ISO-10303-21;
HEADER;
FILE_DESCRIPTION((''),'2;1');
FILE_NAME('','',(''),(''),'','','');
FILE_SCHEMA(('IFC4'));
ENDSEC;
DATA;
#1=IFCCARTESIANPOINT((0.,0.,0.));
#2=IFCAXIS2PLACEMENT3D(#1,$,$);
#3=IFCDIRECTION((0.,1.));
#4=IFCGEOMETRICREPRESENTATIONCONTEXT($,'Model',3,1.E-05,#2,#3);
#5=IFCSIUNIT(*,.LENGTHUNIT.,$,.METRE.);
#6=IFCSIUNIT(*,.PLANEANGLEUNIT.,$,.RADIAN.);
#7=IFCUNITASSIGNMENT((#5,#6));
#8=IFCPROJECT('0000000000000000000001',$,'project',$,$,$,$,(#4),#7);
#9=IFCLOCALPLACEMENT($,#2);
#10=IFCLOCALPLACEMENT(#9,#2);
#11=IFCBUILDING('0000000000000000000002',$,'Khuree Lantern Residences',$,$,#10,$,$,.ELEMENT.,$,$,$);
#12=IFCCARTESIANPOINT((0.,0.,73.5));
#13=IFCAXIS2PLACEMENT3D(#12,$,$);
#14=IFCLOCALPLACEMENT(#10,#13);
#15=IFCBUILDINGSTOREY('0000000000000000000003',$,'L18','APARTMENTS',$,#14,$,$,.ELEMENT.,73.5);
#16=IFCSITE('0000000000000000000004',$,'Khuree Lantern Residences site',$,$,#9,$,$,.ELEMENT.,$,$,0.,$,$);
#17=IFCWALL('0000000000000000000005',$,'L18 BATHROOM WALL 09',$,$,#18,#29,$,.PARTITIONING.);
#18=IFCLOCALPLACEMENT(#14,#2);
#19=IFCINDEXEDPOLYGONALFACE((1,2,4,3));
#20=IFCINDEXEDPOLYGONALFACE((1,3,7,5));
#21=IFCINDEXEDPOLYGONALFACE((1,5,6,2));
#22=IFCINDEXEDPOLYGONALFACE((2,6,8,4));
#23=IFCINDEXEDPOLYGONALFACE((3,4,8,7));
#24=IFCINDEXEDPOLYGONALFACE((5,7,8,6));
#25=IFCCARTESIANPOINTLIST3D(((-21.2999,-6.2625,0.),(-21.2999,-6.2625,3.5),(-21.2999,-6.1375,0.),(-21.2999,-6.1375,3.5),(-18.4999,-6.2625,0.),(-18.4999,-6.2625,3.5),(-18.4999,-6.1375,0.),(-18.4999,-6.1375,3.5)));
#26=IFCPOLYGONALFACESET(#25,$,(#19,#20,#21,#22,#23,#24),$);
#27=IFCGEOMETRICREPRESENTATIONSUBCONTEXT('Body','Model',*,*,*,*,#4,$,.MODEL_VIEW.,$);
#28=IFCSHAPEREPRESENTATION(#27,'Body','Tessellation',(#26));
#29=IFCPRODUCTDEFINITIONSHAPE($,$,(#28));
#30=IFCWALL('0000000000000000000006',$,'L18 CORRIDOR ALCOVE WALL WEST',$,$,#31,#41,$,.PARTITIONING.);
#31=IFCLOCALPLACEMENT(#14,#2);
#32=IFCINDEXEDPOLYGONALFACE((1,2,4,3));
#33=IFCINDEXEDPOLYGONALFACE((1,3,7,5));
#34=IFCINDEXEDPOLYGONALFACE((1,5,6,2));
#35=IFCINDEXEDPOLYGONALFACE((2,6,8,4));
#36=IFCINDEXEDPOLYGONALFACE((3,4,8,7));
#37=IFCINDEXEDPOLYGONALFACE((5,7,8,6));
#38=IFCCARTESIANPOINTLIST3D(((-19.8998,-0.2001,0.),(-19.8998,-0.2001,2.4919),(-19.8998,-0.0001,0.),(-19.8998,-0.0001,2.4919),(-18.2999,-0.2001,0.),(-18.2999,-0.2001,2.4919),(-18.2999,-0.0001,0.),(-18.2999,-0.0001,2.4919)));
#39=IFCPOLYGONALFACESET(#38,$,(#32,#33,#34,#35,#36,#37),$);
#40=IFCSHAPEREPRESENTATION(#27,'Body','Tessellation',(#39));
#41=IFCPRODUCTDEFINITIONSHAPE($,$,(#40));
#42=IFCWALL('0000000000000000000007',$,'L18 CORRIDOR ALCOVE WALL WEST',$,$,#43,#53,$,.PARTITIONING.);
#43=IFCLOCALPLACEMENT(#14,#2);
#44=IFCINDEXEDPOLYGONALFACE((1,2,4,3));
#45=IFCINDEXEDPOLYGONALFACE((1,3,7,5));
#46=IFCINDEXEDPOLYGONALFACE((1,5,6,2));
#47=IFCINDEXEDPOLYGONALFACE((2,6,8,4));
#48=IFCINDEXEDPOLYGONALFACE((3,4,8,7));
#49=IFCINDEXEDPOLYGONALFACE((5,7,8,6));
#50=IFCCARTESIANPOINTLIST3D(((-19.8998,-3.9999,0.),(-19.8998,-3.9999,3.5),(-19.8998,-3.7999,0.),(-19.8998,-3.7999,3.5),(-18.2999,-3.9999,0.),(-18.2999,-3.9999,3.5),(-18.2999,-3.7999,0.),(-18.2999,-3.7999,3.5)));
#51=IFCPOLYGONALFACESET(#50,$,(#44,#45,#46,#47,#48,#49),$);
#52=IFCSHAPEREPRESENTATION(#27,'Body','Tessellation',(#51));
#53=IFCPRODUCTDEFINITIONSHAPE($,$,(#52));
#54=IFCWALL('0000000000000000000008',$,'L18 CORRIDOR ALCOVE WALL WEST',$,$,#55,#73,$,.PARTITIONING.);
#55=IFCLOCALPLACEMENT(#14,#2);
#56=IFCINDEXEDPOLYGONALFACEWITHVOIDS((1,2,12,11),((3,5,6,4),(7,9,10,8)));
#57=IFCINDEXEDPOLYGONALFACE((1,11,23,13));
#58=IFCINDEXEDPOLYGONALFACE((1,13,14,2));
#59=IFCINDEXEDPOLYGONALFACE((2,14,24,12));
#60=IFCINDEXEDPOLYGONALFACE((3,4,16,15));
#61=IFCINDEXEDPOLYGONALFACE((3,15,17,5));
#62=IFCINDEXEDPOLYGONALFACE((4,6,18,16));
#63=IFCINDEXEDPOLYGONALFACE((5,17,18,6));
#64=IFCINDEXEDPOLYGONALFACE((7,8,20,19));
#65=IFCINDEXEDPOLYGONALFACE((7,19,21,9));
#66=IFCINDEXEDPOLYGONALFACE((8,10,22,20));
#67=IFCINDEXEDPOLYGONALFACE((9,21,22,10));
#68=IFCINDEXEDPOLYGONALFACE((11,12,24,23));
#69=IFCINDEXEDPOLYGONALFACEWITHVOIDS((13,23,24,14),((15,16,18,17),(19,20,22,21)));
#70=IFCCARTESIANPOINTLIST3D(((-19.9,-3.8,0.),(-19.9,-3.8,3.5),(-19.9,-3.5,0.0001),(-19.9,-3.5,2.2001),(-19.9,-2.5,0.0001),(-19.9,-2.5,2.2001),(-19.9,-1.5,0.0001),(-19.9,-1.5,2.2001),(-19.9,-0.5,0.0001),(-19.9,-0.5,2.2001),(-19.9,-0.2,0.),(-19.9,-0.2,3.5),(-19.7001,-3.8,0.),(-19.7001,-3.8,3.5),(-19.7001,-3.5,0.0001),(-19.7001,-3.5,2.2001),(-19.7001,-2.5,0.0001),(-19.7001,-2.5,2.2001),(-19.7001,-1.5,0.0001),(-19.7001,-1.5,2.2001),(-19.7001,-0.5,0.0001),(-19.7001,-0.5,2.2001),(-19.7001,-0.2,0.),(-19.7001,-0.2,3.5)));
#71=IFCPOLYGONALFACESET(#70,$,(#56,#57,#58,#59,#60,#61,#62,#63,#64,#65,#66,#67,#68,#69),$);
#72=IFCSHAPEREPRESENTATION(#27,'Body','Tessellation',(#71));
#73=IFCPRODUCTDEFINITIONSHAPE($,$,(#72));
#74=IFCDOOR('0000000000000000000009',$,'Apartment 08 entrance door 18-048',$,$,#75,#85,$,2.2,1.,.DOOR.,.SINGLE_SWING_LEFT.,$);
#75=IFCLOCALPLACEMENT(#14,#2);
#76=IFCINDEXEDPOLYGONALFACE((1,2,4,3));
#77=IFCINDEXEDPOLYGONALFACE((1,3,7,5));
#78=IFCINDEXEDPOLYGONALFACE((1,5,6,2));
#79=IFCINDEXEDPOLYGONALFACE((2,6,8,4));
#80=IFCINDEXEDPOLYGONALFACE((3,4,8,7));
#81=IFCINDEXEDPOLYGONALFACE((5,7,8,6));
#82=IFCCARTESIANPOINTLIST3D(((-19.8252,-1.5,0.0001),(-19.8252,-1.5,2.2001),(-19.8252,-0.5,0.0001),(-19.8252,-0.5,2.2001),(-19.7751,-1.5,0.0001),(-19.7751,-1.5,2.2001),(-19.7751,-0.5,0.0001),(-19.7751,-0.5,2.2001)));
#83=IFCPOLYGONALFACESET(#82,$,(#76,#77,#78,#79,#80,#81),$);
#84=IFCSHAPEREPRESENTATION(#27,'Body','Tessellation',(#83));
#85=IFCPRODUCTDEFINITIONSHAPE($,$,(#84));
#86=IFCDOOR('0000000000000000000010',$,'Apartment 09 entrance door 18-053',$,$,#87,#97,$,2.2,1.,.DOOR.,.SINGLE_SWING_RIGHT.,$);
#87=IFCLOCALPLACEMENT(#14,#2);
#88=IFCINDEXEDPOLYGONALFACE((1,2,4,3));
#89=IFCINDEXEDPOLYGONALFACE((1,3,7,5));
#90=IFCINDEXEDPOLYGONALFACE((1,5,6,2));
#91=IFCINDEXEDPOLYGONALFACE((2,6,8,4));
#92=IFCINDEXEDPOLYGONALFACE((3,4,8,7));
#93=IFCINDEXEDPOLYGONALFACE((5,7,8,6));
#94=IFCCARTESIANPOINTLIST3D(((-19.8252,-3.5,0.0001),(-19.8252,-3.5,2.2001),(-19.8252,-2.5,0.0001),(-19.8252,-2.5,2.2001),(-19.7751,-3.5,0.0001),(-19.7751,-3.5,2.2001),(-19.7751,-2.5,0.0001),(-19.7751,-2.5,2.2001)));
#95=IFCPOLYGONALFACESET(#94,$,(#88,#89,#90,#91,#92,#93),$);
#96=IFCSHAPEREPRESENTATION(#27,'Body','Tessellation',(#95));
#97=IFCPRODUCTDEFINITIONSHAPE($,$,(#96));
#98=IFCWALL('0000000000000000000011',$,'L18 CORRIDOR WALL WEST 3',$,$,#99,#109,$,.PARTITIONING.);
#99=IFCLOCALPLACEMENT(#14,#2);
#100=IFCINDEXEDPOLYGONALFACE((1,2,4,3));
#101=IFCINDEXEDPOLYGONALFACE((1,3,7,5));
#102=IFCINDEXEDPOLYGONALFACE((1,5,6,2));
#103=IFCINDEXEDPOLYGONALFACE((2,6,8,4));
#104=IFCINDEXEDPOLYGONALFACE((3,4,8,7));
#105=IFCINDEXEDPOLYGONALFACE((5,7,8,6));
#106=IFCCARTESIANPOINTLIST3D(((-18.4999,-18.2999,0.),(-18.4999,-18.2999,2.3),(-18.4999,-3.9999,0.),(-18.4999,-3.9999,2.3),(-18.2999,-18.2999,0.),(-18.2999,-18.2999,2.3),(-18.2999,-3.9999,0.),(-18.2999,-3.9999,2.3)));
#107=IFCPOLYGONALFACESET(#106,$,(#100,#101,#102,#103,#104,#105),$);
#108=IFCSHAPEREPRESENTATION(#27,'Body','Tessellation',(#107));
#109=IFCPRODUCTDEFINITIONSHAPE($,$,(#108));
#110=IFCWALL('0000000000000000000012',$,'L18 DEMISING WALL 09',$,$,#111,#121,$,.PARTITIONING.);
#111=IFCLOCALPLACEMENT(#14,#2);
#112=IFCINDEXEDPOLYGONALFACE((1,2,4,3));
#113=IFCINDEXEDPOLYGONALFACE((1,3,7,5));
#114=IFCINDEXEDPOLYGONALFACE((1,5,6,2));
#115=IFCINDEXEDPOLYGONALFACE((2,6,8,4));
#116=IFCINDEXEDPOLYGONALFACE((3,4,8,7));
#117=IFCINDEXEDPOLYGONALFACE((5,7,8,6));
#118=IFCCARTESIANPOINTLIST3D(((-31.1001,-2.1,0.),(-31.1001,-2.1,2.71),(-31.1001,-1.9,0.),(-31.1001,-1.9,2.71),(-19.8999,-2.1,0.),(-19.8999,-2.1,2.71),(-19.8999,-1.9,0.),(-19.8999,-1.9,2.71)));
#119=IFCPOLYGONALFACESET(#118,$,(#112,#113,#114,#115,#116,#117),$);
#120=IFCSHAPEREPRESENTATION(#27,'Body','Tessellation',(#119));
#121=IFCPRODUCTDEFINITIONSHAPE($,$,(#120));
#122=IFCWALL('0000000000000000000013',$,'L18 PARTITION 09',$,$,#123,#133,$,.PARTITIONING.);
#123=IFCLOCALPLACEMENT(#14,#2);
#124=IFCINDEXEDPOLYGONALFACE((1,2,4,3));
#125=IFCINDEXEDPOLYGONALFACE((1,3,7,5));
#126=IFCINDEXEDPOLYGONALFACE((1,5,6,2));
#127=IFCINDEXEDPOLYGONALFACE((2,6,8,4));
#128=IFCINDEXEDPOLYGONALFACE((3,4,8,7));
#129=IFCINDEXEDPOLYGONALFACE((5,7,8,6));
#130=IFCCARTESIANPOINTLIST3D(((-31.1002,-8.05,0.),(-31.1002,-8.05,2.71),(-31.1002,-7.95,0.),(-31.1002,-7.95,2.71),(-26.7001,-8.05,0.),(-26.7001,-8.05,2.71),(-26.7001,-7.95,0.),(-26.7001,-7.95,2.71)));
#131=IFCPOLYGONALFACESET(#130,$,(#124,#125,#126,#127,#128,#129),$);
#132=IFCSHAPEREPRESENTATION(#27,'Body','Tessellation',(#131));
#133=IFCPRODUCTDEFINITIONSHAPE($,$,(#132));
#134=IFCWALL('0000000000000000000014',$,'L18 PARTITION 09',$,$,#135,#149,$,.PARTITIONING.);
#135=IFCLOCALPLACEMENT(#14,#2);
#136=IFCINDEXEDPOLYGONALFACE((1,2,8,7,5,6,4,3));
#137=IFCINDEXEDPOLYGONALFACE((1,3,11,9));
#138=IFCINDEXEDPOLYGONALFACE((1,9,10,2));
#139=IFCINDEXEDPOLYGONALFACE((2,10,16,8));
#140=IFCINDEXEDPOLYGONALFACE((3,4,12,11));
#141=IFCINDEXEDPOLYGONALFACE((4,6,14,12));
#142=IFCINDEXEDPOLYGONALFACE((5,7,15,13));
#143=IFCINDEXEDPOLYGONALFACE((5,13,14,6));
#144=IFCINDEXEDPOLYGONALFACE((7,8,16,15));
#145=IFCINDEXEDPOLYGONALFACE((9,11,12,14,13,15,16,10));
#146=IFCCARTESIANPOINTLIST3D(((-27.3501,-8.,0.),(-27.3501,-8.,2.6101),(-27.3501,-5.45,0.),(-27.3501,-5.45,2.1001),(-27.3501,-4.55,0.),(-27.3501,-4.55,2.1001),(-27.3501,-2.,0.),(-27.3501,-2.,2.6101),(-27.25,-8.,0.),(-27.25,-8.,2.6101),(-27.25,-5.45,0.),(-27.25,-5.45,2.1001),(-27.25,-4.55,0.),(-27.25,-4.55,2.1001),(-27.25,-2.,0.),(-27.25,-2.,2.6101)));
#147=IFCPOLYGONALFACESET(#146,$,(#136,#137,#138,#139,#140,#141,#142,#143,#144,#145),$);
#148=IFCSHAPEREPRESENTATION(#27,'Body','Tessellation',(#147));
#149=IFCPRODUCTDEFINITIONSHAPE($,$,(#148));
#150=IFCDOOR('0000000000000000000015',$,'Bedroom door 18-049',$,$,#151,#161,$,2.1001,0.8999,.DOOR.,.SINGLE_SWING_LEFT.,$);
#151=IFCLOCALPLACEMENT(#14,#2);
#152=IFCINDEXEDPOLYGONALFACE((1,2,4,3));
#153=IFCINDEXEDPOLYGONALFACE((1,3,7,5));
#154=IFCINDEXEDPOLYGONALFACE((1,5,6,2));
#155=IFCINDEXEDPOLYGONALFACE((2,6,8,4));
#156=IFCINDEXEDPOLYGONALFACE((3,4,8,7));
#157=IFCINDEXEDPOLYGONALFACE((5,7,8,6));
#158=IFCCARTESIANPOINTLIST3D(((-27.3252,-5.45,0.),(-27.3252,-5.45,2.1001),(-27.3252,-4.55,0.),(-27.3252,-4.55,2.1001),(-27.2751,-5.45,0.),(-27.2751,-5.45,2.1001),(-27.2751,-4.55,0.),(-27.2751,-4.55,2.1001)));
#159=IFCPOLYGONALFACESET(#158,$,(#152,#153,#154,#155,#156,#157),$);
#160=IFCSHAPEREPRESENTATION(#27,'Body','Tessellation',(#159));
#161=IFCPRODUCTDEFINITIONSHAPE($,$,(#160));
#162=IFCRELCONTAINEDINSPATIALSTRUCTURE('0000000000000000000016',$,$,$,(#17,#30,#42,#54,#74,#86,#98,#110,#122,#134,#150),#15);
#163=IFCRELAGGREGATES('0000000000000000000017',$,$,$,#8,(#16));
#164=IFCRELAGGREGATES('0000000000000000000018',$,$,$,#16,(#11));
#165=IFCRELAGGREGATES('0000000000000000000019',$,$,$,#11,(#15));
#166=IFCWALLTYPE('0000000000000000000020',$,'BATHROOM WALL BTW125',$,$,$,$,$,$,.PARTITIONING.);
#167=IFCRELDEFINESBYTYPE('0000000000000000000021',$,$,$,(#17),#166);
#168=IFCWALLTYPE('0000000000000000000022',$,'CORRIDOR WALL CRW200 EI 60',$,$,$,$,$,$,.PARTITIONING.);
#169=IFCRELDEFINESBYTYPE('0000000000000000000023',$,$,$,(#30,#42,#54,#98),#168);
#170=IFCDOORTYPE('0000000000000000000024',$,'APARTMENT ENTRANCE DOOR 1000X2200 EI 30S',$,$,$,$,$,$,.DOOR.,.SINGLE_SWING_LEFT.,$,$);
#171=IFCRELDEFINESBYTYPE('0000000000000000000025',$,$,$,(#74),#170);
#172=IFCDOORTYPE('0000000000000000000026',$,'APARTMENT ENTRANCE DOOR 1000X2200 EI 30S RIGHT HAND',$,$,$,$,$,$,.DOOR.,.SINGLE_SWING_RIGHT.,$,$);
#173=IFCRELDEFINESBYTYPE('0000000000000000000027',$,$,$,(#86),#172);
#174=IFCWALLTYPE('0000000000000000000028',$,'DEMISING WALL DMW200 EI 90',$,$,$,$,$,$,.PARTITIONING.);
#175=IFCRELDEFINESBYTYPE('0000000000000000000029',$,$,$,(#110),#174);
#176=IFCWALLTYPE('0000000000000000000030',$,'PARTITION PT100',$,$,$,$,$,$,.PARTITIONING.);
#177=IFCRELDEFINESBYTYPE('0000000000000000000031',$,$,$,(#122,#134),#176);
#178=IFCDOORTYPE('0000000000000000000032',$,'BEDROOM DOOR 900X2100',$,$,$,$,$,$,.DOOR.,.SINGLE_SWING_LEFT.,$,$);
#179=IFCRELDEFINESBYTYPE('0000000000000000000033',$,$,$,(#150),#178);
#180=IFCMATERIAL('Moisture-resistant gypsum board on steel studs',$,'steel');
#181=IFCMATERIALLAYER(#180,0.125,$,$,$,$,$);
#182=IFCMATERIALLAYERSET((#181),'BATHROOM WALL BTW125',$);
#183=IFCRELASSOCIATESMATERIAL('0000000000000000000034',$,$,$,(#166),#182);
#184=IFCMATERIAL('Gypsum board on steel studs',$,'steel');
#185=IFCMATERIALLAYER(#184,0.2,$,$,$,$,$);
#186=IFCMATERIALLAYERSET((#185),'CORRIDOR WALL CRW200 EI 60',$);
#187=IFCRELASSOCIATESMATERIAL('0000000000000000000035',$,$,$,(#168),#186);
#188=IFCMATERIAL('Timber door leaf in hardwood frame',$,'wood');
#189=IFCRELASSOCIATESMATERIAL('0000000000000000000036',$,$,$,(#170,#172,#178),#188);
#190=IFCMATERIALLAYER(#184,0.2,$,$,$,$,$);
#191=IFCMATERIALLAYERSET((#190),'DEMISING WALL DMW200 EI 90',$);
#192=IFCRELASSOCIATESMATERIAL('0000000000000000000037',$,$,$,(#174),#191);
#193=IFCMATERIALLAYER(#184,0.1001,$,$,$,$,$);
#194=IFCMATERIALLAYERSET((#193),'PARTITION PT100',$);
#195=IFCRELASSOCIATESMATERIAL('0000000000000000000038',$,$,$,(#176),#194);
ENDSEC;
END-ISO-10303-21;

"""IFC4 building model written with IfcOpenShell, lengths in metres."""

from ifc_helpers import new_model, si_unit, direction, frame, frame_2d, origin, place, context, subcontext, project, spatial, rectangle, extrude, material, layer, layer_set, type_object, element, fill, save


model = new_model("IFC4")

# Units and contexts
model_context = context("Model", 3, precision=1e-05, world=origin(), true_north=direction((0.0, 1.0)))
body_context = subcontext(model_context, "Body", "Model", "MODEL_VIEW")
ifc_project = project(units=[si_unit("LENGTHUNIT", "METRE"), si_unit("PLANEANGLEUNIT", "RADIAN")], contexts=[model_context])

# Site, building, storey
site_placement = place(None, origin())
site = spatial("IfcSite", under=ifc_project, at=site_placement, Name="Khuree Lantern Residences site", CompositionType="ELEMENT", RefElevation=0.0)
building_placement = place(site_placement, origin())
building = spatial("IfcBuilding", under=site, at=building_placement, Name="Khuree Lantern Residences", CompositionType="ELEMENT")
storey_placement = place(building_placement, frame((0.0, 0.0, 73.5)))
storey = spatial("IfcBuildingStorey", under=building, at=storey_placement, Name="L18", Description="APARTMENTS", CompositionType="ELEMENT", Elevation=73.5)

# Shared definitions
ifc_material_1 = material(Name="Moisture-resistant gypsum board on steel studs", Category="steel")
ifc_layer_1 = layer(ifc_material_1, 0.125)
ifc_layer_set_1 = layer_set([ifc_layer_1], Name="BATHROOM WALL BTW125")
wall_type_1 = type_object("IfcWallType", Name="BATHROOM WALL BTW125", PredefinedType="PARTITIONING", material=ifc_layer_set_1)
ifc_material_2 = material(Name="Timber door leaf in hardwood frame", Category="wood")

# Walls
wall_1_placement = place(storey_placement, frame((-18.5, -6.2, 0.0), z_axis=(0.0, 0.0, 1.0), x_axis=(-1.0, 0.0, 0.0)))
element("IfcWall", 1, at=wall_1_placement, inside=storey, type_object=wall_type_1, Name="L18 BATHROOM WALL 09", PredefinedType="PARTITIONING", context=body_context, shape_type="SweptSolid", body=[
    extrude(rectangle(XDim=2.8, YDim=0.125, at=frame_2d((1.3999, 0.0))), origin(), (0.0, 0.0, 1.0), 3.5),
])
ifc_material_3 = material(Name="Gypsum board on steel studs", Category="steel")
ifc_layer_2 = layer(ifc_material_3, 0.2)
ifc_layer_set_2 = layer_set([ifc_layer_2], Name="CORRIDOR WALL CRW200 EI 60")
wall_type_2 = type_object("IfcWallType", Name="CORRIDOR WALL CRW200 EI 60", PredefinedType="PARTITIONING", material=ifc_layer_set_2)
wall_2_placement = place(storey_placement, frame((-18.3, -0.1001, 0.0), z_axis=(0.0, 0.0, 1.0), x_axis=(-1.0, 0.0, 0.0)))
element("IfcWall", 2, at=wall_2_placement, inside=storey, type_object=wall_type_2, Name="L18 CORRIDOR ALCOVE WALL WEST", PredefinedType="PARTITIONING", context=body_context, shape_type="SweptSolid", body=[
    extrude(rectangle(XDim=1.5999, YDim=0.2, at=frame_2d((0.7998, 0.0))), origin(), (0.0, 0.0, 1.0), 2.4919),
])
wall_3_placement = place(storey_placement, frame((-18.3, -3.8999, 0.0), z_axis=(0.0, 0.0, 1.0), x_axis=(-1.0, 0.0, 0.0)))
element("IfcWall", 3, at=wall_3_placement, inside=storey, type_object=wall_type_2, Name="L18 CORRIDOR ALCOVE WALL WEST", PredefinedType="PARTITIONING", context=body_context, shape_type="SweptSolid", body=[
    extrude(rectangle(XDim=1.5999, YDim=0.2, at=frame_2d((0.7998, 0.0))), origin(), (0.0, 0.0, 1.0), 3.5),
])

# Wall, openings, doors
wall_4_placement = place(storey_placement, frame((-19.8, -0.2, 0.0), z_axis=(0.0, 0.0, 1.0), x_axis=(0.0, -1.0, 0.0)))
wall_4 = element("IfcWall", 4, at=wall_4_placement, inside=storey, type_object=wall_type_2, Name="L18 CORRIDOR ALCOVE WALL WEST", PredefinedType="PARTITIONING", context=body_context, shape_type="SweptSolid", body=[
    extrude(rectangle(XDim=3.6001, YDim=0.2, at=frame_2d((1.8, 0.0))), origin(), (0.0, 0.0, 1.0), 3.5),
])
opening_1_placement = place(wall_4_placement, frame((0.3, 0.0, 0.0)))
opening_1 = element("IfcOpeningElement", 5, at=opening_1_placement, cuts=wall_4, PredefinedType="OPENING", context=body_context, shape_type="SweptSolid", body=[
    extrude(rectangle(XDim=1.0, YDim=2.2, at=frame_2d((0.5, 1.1001))), frame((0.0, 0.1099, 0.0), z_axis=(0.0, -1.0, 0.0), x_axis=(1.0, 0.0, 0.0)), (0.0, 0.0, 1.0), 0.22),
])
opening_2_placement = place(wall_4_placement, frame((2.3, 0.0, 0.0)))
opening_2 = element("IfcOpeningElement", 6, at=opening_2_placement, cuts=wall_4, PredefinedType="OPENING", context=body_context, shape_type="SweptSolid", body=[
    extrude(rectangle(XDim=1.0, YDim=2.2, at=frame_2d((0.5, 1.1001))), frame((0.0, 0.1099, 0.0), z_axis=(0.0, -1.0, 0.0), x_axis=(1.0, 0.0, 0.0)), (0.0, 0.0, 1.0), 0.22),
])
door_type_1 = type_object("IfcDoorType", Name="APARTMENT ENTRANCE DOOR 1000X2200 EI 30S", OperationType="SINGLE_SWING_LEFT", PredefinedType="DOOR", material=ifc_material_2)
door_1_placement = place(opening_1_placement, origin())
door_1 = element("IfcDoor", 7, at=door_1_placement, inside=storey, type_object=door_type_1, Name="Apartment 08 entrance door 18-048", OperationType="SINGLE_SWING_LEFT", OverallHeight=2.2, OverallWidth=1.0, PredefinedType="DOOR", context=body_context, shape_type="SweptSolid", body=[
    extrude(rectangle(XDim=1.0, YDim=2.2, at=frame_2d((0.5, 1.1001))), frame((0.0, 0.0249, 0.0), z_axis=(0.0, -1.0, 0.0), x_axis=(1.0, 0.0, 0.0)), (0.0, 0.0, 1.0), 0.05),
])
fill(opening_1, door_1)
door_type_2 = type_object("IfcDoorType", Name="APARTMENT ENTRANCE DOOR 1000X2200 EI 30S RIGHT HAND", OperationType="SINGLE_SWING_RIGHT", PredefinedType="DOOR", material=ifc_material_2)
door_2_placement = place(opening_2_placement, origin())
door_2 = element("IfcDoor", 8, at=door_2_placement, inside=storey, type_object=door_type_2, Name="Apartment 09 entrance door 18-053", OperationType="SINGLE_SWING_RIGHT", OverallHeight=2.2, OverallWidth=1.0, PredefinedType="DOOR", context=body_context, shape_type="SweptSolid", body=[
    extrude(rectangle(XDim=1.0, YDim=2.2, at=frame_2d((0.5, 1.1001))), frame((0.0, 0.0249, 0.0), z_axis=(0.0, -1.0, 0.0), x_axis=(1.0, 0.0, 0.0)), (0.0, 0.0, 1.0), 0.05),
])
fill(opening_2, door_2)

# Walls
wall_5_placement = place(storey_placement, frame((-18.3999, -4.0, 0.0), z_axis=(0.0, 0.0, 1.0), x_axis=(0.0, -1.0, 0.0)))
element("IfcWall", 9, at=wall_5_placement, inside=storey, type_object=wall_type_2, Name="L18 CORRIDOR WALL WEST 3", PredefinedType="PARTITIONING", context=body_context, shape_type="SweptSolid", body=[
    extrude(rectangle(XDim=14.3, YDim=0.2, at=frame_2d((7.1499, 0.0))), origin(), (0.0, 0.0, 1.0), 2.3),
])
ifc_layer_3 = layer(ifc_material_3, 0.2)
ifc_layer_set_3 = layer_set([ifc_layer_3], Name="DEMISING WALL DMW200 EI 90")
wall_type_3 = type_object("IfcWallType", Name="DEMISING WALL DMW200 EI 90", PredefinedType="PARTITIONING", material=ifc_layer_set_3)
wall_6_placement = place(storey_placement, frame((-19.8999, -2.0, 0.0), z_axis=(0.0, 0.0, 1.0), x_axis=(-1.0, 0.0, 0.0)))
element("IfcWall", 10, at=wall_6_placement, inside=storey, type_object=wall_type_3, Name="L18 DEMISING WALL 09", PredefinedType="PARTITIONING", context=body_context, shape_type="SweptSolid", body=[
    extrude(rectangle(XDim=11.2002, YDim=0.2, at=frame_2d((5.6001, 0.0))), origin(), (0.0, 0.0, 1.0), 2.71),
])
ifc_layer_4 = layer(ifc_material_3, 0.1001)
ifc_layer_set_4 = layer_set([ifc_layer_4], Name="PARTITION PT100")
wall_type_4 = type_object("IfcWallType", Name="PARTITION PT100", PredefinedType="PARTITIONING", material=ifc_layer_set_4)
wall_7_placement = place(storey_placement, frame((-26.7, -8.0, 0.0), z_axis=(0.0, 0.0, 1.0), x_axis=(-1.0, 0.0, 0.0)))
element("IfcWall", 11, at=wall_7_placement, inside=storey, type_object=wall_type_4, Name="L18 PARTITION 09", PredefinedType="PARTITIONING", context=body_context, shape_type="SweptSolid", body=[
    extrude(rectangle(XDim=4.4001, YDim=0.1001, at=frame_2d((2.2002, 0.0))), origin(), (0.0, 0.0, 1.0), 2.71),
])

# Wall, opening, door
wall_8_placement = place(storey_placement, frame((-27.3, -2.0, 0.0), z_axis=(0.0, 0.0, 1.0), x_axis=(0.0, -1.0, 0.0)))
wall_8 = element("IfcWall", 12, at=wall_8_placement, inside=storey, type_object=wall_type_4, Name="L18 PARTITION 09", PredefinedType="PARTITIONING", context=body_context, shape_type="SweptSolid", body=[
    extrude(rectangle(XDim=6.0, YDim=0.1001, at=frame_2d((3.0, 0.0))), origin(), (0.0, 0.0, 1.0), 2.6101),
])
opening_3_placement = place(wall_8_placement, frame((2.55, 0.0, 0.0)))
opening_3 = element("IfcOpeningElement", 13, at=opening_3_placement, cuts=wall_8, PredefinedType="OPENING", context=body_context, shape_type="SweptSolid", body=[
    extrude(rectangle(XDim=0.8999, YDim=2.1001, at=frame_2d((0.45, 1.05))), frame((0.0, 0.0601, 0.0), z_axis=(0.0, -1.0, 0.0), x_axis=(1.0, 0.0, 0.0)), (0.0, 0.0, 1.0), 0.1201),
])
door_type_3 = type_object("IfcDoorType", Name="BEDROOM DOOR 900X2100", OperationType="SINGLE_SWING_LEFT", PredefinedType="DOOR", material=ifc_material_2)
door_3_placement = place(opening_3_placement, origin())
door_3 = element("IfcDoor", 14, at=door_3_placement, inside=storey, type_object=door_type_3, Name="Bedroom door 18-049", OperationType="SINGLE_SWING_LEFT", OverallHeight=2.1001, OverallWidth=0.8999, PredefinedType="DOOR", context=body_context, shape_type="SweptSolid", body=[
    extrude(rectangle(XDim=0.8999, YDim=2.1001, at=frame_2d((0.45, 1.05))), frame((0.0, 0.0249, 0.0), z_axis=(0.0, -1.0, 0.0), x_axis=(1.0, 0.0, 0.0)), (0.0, 0.0, 1.0), 0.05),
])
fill(opening_3, door_3)

save(model, "model.ifc")
